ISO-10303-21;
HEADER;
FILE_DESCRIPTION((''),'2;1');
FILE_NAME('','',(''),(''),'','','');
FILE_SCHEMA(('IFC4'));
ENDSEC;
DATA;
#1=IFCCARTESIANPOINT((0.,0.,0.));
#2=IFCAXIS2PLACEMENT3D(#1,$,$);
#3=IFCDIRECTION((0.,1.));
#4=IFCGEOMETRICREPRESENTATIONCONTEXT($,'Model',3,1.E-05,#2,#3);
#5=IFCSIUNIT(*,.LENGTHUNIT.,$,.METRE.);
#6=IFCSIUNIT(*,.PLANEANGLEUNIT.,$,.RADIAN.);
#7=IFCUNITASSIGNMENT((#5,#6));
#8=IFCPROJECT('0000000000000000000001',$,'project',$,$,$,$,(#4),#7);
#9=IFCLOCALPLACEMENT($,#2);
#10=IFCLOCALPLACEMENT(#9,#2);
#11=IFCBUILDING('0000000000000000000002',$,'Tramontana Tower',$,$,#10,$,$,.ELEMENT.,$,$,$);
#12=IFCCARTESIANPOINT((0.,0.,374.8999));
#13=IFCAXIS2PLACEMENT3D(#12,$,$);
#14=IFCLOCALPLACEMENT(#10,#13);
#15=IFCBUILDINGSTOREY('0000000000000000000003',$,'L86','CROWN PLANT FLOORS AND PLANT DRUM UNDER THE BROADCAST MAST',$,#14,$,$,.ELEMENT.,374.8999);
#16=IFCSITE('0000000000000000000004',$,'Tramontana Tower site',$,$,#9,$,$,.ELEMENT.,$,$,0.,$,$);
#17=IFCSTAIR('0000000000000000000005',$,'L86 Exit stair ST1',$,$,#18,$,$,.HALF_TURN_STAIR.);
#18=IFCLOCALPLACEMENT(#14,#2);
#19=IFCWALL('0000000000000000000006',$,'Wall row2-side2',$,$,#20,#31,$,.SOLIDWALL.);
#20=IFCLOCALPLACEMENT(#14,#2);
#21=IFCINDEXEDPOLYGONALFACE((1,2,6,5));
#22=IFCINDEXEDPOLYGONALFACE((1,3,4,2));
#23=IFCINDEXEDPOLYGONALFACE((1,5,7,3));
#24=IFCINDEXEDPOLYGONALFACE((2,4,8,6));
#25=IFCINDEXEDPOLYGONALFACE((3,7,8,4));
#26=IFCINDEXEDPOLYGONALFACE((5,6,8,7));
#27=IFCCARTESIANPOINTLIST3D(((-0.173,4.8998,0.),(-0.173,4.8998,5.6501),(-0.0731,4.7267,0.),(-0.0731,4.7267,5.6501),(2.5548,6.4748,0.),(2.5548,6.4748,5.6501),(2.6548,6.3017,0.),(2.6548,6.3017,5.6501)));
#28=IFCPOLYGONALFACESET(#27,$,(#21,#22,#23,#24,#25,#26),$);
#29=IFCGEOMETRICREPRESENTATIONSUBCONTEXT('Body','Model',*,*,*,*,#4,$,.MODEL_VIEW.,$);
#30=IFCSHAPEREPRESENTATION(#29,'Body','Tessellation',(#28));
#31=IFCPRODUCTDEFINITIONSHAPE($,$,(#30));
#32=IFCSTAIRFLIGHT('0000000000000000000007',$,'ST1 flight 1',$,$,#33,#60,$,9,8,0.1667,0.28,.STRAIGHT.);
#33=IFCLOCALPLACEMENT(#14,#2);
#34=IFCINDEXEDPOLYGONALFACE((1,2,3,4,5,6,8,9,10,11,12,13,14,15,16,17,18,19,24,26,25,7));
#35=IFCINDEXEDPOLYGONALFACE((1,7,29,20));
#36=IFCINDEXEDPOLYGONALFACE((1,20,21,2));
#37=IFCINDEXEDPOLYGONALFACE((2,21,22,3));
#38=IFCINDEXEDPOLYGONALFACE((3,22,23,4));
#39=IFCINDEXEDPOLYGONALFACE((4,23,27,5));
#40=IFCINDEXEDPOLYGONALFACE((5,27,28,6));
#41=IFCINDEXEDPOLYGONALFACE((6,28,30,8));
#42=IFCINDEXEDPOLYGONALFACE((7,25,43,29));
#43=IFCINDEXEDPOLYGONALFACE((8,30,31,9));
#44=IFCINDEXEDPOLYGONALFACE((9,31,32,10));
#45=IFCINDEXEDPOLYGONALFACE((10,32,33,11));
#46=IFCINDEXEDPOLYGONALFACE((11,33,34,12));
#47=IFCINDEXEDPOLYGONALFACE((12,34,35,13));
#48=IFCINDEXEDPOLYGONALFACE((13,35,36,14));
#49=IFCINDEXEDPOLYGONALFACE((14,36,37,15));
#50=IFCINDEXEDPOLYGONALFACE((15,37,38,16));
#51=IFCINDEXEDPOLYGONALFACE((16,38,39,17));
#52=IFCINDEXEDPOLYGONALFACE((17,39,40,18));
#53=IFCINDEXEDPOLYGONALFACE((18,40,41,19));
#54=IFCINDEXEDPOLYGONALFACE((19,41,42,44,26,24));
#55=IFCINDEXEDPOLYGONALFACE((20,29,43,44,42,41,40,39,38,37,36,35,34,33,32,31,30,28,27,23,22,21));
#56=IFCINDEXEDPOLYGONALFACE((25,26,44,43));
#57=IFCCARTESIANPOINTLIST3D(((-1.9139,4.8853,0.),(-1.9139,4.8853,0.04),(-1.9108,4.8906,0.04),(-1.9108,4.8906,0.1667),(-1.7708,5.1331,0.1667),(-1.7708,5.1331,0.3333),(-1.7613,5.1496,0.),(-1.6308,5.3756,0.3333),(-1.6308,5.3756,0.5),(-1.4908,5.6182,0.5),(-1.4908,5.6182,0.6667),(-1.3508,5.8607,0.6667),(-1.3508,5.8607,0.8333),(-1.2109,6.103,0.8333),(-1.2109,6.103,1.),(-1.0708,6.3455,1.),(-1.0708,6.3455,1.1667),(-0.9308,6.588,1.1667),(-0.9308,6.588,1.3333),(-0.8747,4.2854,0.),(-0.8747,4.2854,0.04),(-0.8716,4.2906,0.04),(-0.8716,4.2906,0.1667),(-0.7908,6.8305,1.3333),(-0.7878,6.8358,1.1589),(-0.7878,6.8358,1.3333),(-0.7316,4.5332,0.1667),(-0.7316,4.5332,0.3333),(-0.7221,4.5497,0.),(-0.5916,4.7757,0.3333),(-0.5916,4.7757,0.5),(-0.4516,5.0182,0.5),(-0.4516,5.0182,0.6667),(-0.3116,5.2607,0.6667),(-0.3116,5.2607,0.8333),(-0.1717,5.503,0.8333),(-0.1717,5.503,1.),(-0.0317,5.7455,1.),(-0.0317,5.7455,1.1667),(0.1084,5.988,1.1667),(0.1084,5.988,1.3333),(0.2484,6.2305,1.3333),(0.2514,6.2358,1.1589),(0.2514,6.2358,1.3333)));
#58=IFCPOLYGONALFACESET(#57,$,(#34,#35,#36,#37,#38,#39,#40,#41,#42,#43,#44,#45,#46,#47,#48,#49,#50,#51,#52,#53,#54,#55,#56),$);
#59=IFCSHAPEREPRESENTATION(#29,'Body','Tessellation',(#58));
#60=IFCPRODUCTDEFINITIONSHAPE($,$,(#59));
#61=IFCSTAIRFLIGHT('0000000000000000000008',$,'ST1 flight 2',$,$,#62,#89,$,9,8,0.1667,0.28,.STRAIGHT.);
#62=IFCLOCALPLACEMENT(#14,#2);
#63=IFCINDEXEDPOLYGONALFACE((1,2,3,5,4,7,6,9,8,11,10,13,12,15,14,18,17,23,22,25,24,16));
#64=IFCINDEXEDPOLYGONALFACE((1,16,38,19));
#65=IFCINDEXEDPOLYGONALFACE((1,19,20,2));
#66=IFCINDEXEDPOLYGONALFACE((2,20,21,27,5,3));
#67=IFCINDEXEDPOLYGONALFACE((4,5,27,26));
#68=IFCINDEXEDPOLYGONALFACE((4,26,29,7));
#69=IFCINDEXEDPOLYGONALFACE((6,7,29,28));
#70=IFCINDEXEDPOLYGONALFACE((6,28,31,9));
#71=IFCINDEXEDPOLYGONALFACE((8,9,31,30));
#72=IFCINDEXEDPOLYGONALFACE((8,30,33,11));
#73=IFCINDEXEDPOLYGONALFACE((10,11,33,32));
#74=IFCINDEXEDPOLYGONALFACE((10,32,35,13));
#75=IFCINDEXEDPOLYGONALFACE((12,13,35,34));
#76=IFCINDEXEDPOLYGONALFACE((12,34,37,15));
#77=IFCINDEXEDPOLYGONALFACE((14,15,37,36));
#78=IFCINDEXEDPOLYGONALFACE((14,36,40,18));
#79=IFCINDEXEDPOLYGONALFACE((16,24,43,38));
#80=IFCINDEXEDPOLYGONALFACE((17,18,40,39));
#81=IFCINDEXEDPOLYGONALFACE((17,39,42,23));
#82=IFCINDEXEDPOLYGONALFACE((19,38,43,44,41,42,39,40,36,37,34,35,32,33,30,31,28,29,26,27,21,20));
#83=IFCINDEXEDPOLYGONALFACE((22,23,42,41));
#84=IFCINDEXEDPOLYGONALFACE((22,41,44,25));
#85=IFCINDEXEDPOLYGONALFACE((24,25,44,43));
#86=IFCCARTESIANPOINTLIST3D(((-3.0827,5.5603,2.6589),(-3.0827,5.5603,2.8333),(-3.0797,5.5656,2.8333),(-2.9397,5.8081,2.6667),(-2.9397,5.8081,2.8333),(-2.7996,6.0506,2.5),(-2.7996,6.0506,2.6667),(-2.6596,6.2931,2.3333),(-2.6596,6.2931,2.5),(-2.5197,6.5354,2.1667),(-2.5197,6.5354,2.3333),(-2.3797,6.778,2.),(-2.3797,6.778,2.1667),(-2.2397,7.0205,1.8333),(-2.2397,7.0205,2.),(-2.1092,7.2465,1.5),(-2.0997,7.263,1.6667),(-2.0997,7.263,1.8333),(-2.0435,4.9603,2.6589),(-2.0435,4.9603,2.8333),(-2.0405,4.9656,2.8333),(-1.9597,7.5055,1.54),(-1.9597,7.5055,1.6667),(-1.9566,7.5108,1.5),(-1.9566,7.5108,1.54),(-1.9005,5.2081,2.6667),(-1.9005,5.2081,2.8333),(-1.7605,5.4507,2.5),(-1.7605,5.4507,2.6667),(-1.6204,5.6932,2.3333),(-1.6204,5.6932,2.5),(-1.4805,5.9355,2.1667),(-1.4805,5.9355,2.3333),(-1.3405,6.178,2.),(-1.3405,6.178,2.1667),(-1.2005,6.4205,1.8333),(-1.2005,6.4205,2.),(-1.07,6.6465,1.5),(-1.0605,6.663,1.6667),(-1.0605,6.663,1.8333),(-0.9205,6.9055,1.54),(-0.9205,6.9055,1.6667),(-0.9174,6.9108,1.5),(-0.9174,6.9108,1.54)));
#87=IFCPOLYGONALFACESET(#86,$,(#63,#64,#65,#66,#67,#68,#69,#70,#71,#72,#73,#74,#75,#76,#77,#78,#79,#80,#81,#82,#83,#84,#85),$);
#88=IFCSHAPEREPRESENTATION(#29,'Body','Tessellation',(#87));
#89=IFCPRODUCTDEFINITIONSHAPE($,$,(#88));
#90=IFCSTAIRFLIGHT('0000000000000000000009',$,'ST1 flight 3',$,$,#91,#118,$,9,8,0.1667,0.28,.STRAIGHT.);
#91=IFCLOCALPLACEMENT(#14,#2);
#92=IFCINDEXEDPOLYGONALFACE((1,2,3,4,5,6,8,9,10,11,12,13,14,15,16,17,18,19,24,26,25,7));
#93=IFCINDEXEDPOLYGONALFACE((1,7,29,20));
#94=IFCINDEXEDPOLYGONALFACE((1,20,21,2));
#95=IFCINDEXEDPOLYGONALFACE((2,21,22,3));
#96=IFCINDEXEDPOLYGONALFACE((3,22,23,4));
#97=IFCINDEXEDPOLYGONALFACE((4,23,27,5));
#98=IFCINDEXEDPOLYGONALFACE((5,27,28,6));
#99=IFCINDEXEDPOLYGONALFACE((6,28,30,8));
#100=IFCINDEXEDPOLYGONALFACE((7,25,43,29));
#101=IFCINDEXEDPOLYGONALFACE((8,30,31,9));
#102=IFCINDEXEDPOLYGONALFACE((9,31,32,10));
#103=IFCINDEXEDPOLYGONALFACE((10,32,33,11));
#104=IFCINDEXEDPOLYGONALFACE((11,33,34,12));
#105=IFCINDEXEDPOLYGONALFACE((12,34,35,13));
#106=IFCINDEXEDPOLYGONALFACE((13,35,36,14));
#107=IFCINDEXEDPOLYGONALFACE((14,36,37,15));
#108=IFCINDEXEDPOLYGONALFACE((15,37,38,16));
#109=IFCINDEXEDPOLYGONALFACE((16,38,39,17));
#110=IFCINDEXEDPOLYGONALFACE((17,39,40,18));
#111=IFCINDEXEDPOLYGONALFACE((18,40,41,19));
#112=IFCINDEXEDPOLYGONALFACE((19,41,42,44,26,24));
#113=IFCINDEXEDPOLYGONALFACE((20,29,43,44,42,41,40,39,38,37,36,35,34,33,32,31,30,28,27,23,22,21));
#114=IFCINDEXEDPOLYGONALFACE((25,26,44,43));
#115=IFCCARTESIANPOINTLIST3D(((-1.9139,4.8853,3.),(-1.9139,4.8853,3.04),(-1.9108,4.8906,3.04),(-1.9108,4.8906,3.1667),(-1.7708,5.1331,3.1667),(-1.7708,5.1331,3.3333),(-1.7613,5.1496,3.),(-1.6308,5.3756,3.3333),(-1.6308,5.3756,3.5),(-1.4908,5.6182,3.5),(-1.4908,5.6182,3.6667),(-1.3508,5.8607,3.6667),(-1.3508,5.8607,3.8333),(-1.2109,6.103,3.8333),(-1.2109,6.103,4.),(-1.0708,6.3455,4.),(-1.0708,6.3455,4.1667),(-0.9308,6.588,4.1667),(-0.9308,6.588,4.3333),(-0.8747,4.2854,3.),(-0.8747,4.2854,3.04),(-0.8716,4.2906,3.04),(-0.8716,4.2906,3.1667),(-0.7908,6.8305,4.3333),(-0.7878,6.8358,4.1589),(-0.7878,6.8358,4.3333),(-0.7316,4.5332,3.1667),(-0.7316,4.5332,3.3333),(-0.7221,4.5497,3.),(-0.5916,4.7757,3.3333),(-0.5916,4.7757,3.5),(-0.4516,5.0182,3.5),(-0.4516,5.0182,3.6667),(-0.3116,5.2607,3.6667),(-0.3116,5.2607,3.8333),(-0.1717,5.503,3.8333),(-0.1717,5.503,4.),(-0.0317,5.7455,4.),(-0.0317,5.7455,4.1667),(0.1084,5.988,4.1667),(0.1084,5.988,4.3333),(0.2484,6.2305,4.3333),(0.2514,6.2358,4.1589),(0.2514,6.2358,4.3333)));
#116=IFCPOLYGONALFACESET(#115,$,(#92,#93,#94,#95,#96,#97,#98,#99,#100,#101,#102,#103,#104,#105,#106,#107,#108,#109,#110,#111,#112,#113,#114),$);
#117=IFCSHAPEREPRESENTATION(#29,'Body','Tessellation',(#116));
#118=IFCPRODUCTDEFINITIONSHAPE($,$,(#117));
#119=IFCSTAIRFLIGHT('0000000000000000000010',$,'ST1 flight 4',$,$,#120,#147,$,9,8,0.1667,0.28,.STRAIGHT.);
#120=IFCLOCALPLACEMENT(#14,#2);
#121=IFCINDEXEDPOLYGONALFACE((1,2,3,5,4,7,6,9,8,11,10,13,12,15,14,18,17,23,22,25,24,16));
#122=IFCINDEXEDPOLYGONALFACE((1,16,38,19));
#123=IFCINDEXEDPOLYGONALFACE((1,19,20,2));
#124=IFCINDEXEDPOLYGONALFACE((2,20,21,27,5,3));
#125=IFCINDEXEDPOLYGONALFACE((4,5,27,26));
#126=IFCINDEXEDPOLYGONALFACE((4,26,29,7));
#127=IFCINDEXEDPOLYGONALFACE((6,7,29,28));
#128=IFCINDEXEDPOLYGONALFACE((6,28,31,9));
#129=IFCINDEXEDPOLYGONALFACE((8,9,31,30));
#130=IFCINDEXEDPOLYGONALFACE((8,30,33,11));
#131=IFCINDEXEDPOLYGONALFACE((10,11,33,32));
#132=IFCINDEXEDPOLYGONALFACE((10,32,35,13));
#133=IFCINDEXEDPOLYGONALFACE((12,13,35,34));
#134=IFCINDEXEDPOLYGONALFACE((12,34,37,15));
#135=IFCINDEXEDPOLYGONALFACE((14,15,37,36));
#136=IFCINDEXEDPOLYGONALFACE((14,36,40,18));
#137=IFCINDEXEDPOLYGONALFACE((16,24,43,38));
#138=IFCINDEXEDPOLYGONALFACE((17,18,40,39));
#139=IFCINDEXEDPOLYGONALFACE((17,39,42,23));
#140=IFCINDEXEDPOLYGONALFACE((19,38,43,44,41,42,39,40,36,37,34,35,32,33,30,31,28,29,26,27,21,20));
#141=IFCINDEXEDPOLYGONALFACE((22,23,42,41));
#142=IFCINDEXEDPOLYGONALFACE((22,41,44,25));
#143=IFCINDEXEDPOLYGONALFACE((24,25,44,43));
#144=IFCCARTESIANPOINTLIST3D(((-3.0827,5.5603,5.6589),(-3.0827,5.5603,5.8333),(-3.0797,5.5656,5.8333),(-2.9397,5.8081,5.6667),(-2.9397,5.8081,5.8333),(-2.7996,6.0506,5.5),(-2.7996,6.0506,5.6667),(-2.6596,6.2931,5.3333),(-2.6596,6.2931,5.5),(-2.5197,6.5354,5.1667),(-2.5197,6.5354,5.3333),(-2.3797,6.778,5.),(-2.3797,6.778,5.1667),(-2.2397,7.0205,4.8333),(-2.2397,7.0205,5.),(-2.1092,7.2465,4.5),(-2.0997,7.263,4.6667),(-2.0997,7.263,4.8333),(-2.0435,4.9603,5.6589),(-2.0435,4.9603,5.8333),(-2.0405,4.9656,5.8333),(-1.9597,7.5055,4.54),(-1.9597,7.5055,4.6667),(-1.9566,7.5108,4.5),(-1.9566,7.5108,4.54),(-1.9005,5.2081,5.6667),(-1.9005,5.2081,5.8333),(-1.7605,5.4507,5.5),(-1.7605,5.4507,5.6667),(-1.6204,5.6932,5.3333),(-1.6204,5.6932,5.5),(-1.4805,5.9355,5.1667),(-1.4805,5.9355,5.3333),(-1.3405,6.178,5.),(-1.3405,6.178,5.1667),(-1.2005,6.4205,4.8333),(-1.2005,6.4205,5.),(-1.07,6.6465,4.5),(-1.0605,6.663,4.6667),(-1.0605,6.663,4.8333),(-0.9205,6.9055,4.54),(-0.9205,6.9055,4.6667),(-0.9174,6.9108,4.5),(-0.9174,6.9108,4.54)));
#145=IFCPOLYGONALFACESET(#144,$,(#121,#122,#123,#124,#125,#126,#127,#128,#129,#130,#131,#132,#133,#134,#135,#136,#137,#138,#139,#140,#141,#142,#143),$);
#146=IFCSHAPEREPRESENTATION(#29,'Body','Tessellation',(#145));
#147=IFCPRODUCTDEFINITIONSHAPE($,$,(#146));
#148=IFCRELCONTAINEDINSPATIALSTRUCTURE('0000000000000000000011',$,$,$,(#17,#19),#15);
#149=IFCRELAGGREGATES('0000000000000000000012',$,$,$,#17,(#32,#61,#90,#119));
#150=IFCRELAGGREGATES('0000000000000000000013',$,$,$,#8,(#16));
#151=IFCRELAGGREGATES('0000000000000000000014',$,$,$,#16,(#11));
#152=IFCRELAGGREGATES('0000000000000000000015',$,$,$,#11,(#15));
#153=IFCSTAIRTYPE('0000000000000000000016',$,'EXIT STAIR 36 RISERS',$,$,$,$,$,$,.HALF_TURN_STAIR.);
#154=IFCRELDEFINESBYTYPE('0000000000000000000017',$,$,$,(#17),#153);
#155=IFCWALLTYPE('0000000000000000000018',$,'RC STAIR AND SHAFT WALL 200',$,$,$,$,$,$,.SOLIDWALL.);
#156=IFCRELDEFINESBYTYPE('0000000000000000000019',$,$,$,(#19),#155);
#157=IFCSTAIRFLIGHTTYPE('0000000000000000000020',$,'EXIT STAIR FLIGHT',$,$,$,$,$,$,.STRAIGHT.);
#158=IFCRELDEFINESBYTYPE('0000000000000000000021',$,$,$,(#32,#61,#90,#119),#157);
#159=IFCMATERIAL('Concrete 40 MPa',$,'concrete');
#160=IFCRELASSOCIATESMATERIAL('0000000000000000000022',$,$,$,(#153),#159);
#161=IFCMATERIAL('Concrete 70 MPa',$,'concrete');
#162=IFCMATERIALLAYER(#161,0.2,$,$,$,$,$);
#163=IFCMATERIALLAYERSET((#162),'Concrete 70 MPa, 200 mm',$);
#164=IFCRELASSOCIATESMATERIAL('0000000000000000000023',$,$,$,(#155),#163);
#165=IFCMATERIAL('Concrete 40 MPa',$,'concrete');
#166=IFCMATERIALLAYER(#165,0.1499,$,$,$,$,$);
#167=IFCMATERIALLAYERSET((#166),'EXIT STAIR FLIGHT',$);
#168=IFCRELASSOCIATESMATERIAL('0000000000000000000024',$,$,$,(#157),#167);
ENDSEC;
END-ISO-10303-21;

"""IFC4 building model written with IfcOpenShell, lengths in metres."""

from ifc_helpers import new_model, si_unit, direction, frame, frame_2d, origin, place, context, subcontext, project, spatial, polyline, rectangle, outline, extrude, material, layer, layer_set, type_object, element, aggregate, save


model = new_model("IFC4")

# Units and contexts
model_context = context("Model", 3, precision=1e-05, world=origin(), true_north=direction((0.0, 1.0)))
body_context = subcontext(model_context, "Body", "Model", "MODEL_VIEW")
ifc_project = project(units=[si_unit("LENGTHUNIT", "METRE"), si_unit("PLANEANGLEUNIT", "RADIAN")], contexts=[model_context])

# Site, building, storey
site_placement = place(None, origin())
site = spatial("IfcSite", under=ifc_project, at=site_placement, Name="Tramontana Tower site", CompositionType="ELEMENT", RefElevation=0.0)
building_placement = place(site_placement, origin())
building = spatial("IfcBuilding", under=site, at=building_placement, Name="Tramontana Tower", CompositionType="ELEMENT")
storey_placement = place(building_placement, frame((0.0, 0.0, 374.8999)))
storey = spatial("IfcBuildingStorey", under=building, at=storey_placement, Name="L86", Description="CROWN PLANT FLOORS AND PLANT DRUM UNDER THE BROADCAST MAST", CompositionType="ELEMENT", Elevation=374.8999)

# Stair
ifc_material_1 = material(Name="Concrete 40 MPa", Category="concrete")
stair_type = type_object("IfcStairType", Name="EXIT STAIR 36 RISERS", PredefinedType="HALF_TURN_STAIR", material=ifc_material_1)
stair_1_placement = place(storey_placement, origin())
stair_1 = element("IfcStair", 1, at=stair_1_placement, inside=storey, type_object=stair_type, Name="L86 Exit stair ST1", PredefinedType="HALF_TURN_STAIR")

# Shared definitions
ifc_material_2 = material(Name="Concrete 70 MPa", Category="concrete")
ifc_layer_1 = layer(ifc_material_2, 0.2)
ifc_layer_set_1 = layer_set([ifc_layer_1], Name="Concrete 70 MPa, 200 mm")
wall_type_1 = type_object("IfcWallType", Name="RC STAIR AND SHAFT WALL 200", PredefinedType="SOLIDWALL", material=ifc_layer_set_1)

# Wall
wall_1_placement = place(storey_placement, frame((-0.123, 4.8132, 0.0), z_axis=(0.0, 0.0, 1.0), x_axis=(0.866016, 0.500015, 0.0)))
element("IfcWall", 2, at=wall_1_placement, inside=storey, type_object=wall_type_1, Name="Wall row2-side2", PredefinedType="SOLIDWALL", context=body_context, shape_type="SweptSolid", body=[
    extrude(rectangle(XDim=3.1499, YDim=0.2, at=frame_2d((1.575, 0.0))), origin(), (0.0, 0.0, 1.0), 5.6501),
])

# Stair flights
ifc_material_3 = material(Name="Concrete 40 MPa", Category="concrete")
ifc_layer_2 = layer(ifc_material_3, 0.1499)
ifc_layer_set_2 = layer_set([ifc_layer_2], Name="EXIT STAIR FLIGHT")
stair_flight_type = type_object("IfcStairFlightType", Name="EXIT STAIR FLIGHT", PredefinedType="STRAIGHT", material=ifc_layer_set_2)
stair_flight_1_placement = place(storey_placement, frame((-1.3911, 4.5906, 0.0), z_axis=(0.0, 0.0, 1.0), x_axis=(0.5, 0.866025, 0.0)))
stair_flight_1 = element("IfcStairFlight", 3, at=stair_flight_1_placement, type_object=stair_flight_type, Name="ST1 flight 1", NumberOfRisers=9, NumberOfTreads=8, PredefinedType="STRAIGHT", RiserHeight=0.1667, TreadLength=0.28, context=body_context, shape_type="SweptSolid", body=[
    extrude(outline(polyline([(-0.0061, 0.0), (-0.0061, 0.04), (0.0, 0.04), (0.0, 0.1667), (0.28, 0.1667), (0.28, 0.3333), (0.5601, 0.3333), (0.5601, 0.5), (0.8401, 0.5), (0.8401, 0.6667), (1.1201, 0.6667), (1.1201, 0.8333), (1.3999, 0.8333), (1.3999, 1.0), (1.6799, 1.0), (1.6799, 1.1667), (1.96, 1.1667), (1.96, 1.3333), (2.24, 1.3333), (2.2461, 1.3333), (2.2461, 1.1589), (0.2991, 0.0), (-0.0061, 0.0)])), frame((0.0, 0.6001, 0.0), z_axis=(0.0, -1.0, 0.0), x_axis=(1.0, 0.0, 0.0)), (0.0, 0.0, 1.0), 1.2),
])
stair_flight_2_placement = place(storey_placement, frame((-1.4402, 7.2056, 1.5), z_axis=(0.0, 0.0, 1.0), x_axis=(-0.5, -0.866025, 0.0)))
stair_flight_2 = element("IfcStairFlight", 4, at=stair_flight_2_placement, type_object=stair_flight_type, Name="ST1 flight 2", NumberOfRisers=9, NumberOfTreads=8, PredefinedType="STRAIGHT", RiserHeight=0.1667, TreadLength=0.28, context=body_context, shape_type="SweptSolid", body=[
    extrude(outline(polyline([(-0.0061, 0.0), (-0.0061, 0.04), (0.0, 0.04), (0.0, 0.1667), (0.28, 0.1667), (0.28, 0.3333), (0.5601, 0.3333), (0.5601, 0.5), (0.8401, 0.5), (0.8401, 0.6667), (1.1201, 0.6667), (1.1201, 0.8333), (1.3999, 0.8333), (1.3999, 1.0), (1.6799, 1.0), (1.6799, 1.1667), (1.96, 1.1667), (1.96, 1.3333), (2.24, 1.3333), (2.2461, 1.3333), (2.2461, 1.1589), (0.2991, 0.0), (-0.0061, 0.0)])), frame((0.0, 0.6001, 0.0), z_axis=(0.0, -1.0, 0.0), x_axis=(1.0, 0.0, 0.0)), (0.0, 0.0, 1.0), 1.2),
])
stair_flight_3_placement = place(storey_placement, frame((-1.3911, 4.5906, 3.0), z_axis=(0.0, 0.0, 1.0), x_axis=(0.5, 0.866025, 0.0)))
stair_flight_3 = element("IfcStairFlight", 5, at=stair_flight_3_placement, type_object=stair_flight_type, Name="ST1 flight 3", NumberOfRisers=9, NumberOfTreads=8, PredefinedType="STRAIGHT", RiserHeight=0.1667, TreadLength=0.28, context=body_context, shape_type="SweptSolid", body=[
    extrude(outline(polyline([(-0.0061, 0.0), (-0.0061, 0.04), (0.0, 0.04), (0.0, 0.1667), (0.28, 0.1667), (0.28, 0.3333), (0.5601, 0.3333), (0.5601, 0.5), (0.8401, 0.5), (0.8401, 0.6667), (1.1201, 0.6667), (1.1201, 0.8333), (1.3999, 0.8333), (1.3999, 1.0), (1.6799, 1.0), (1.6799, 1.1667), (1.96, 1.1667), (1.96, 1.3333), (2.24, 1.3333), (2.2461, 1.3333), (2.2461, 1.1589), (0.2991, 0.0), (-0.0061, 0.0)])), frame((0.0, 0.6001, 0.0), z_axis=(0.0, -1.0, 0.0), x_axis=(1.0, 0.0, 0.0)), (0.0, 0.0, 1.0), 1.2),
])
stair_flight_4_placement = place(storey_placement, frame((-1.4402, 7.2056, 4.5), z_axis=(0.0, 0.0, 1.0), x_axis=(-0.5, -0.866025, 0.0)))
stair_flight_4 = element("IfcStairFlight", 6, at=stair_flight_4_placement, type_object=stair_flight_type, Name="ST1 flight 4", NumberOfRisers=9, NumberOfTreads=8, PredefinedType="STRAIGHT", RiserHeight=0.1667, TreadLength=0.28, context=body_context, shape_type="SweptSolid", body=[
    extrude(outline(polyline([(-0.0061, 0.0), (-0.0061, 0.04), (0.0, 0.04), (0.0, 0.1667), (0.28, 0.1667), (0.28, 0.3333), (0.5601, 0.3333), (0.5601, 0.5), (0.8401, 0.5), (0.8401, 0.6667), (1.1201, 0.6667), (1.1201, 0.8333), (1.3999, 0.8333), (1.3999, 1.0), (1.6799, 1.0), (1.6799, 1.1667), (1.96, 1.1667), (1.96, 1.3333), (2.24, 1.3333), (2.2461, 1.3333), (2.2461, 1.1589), (0.2991, 0.0), (-0.0061, 0.0)])), frame((0.0, 0.6001, 0.0), z_axis=(0.0, -1.0, 0.0), x_axis=(1.0, 0.0, 0.0)), (0.0, 0.0, 1.0), 1.2),
])
aggregate(stair_1, [stair_flight_1, stair_flight_2, stair_flight_3, stair_flight_4])

save(model, "model.ifc")
